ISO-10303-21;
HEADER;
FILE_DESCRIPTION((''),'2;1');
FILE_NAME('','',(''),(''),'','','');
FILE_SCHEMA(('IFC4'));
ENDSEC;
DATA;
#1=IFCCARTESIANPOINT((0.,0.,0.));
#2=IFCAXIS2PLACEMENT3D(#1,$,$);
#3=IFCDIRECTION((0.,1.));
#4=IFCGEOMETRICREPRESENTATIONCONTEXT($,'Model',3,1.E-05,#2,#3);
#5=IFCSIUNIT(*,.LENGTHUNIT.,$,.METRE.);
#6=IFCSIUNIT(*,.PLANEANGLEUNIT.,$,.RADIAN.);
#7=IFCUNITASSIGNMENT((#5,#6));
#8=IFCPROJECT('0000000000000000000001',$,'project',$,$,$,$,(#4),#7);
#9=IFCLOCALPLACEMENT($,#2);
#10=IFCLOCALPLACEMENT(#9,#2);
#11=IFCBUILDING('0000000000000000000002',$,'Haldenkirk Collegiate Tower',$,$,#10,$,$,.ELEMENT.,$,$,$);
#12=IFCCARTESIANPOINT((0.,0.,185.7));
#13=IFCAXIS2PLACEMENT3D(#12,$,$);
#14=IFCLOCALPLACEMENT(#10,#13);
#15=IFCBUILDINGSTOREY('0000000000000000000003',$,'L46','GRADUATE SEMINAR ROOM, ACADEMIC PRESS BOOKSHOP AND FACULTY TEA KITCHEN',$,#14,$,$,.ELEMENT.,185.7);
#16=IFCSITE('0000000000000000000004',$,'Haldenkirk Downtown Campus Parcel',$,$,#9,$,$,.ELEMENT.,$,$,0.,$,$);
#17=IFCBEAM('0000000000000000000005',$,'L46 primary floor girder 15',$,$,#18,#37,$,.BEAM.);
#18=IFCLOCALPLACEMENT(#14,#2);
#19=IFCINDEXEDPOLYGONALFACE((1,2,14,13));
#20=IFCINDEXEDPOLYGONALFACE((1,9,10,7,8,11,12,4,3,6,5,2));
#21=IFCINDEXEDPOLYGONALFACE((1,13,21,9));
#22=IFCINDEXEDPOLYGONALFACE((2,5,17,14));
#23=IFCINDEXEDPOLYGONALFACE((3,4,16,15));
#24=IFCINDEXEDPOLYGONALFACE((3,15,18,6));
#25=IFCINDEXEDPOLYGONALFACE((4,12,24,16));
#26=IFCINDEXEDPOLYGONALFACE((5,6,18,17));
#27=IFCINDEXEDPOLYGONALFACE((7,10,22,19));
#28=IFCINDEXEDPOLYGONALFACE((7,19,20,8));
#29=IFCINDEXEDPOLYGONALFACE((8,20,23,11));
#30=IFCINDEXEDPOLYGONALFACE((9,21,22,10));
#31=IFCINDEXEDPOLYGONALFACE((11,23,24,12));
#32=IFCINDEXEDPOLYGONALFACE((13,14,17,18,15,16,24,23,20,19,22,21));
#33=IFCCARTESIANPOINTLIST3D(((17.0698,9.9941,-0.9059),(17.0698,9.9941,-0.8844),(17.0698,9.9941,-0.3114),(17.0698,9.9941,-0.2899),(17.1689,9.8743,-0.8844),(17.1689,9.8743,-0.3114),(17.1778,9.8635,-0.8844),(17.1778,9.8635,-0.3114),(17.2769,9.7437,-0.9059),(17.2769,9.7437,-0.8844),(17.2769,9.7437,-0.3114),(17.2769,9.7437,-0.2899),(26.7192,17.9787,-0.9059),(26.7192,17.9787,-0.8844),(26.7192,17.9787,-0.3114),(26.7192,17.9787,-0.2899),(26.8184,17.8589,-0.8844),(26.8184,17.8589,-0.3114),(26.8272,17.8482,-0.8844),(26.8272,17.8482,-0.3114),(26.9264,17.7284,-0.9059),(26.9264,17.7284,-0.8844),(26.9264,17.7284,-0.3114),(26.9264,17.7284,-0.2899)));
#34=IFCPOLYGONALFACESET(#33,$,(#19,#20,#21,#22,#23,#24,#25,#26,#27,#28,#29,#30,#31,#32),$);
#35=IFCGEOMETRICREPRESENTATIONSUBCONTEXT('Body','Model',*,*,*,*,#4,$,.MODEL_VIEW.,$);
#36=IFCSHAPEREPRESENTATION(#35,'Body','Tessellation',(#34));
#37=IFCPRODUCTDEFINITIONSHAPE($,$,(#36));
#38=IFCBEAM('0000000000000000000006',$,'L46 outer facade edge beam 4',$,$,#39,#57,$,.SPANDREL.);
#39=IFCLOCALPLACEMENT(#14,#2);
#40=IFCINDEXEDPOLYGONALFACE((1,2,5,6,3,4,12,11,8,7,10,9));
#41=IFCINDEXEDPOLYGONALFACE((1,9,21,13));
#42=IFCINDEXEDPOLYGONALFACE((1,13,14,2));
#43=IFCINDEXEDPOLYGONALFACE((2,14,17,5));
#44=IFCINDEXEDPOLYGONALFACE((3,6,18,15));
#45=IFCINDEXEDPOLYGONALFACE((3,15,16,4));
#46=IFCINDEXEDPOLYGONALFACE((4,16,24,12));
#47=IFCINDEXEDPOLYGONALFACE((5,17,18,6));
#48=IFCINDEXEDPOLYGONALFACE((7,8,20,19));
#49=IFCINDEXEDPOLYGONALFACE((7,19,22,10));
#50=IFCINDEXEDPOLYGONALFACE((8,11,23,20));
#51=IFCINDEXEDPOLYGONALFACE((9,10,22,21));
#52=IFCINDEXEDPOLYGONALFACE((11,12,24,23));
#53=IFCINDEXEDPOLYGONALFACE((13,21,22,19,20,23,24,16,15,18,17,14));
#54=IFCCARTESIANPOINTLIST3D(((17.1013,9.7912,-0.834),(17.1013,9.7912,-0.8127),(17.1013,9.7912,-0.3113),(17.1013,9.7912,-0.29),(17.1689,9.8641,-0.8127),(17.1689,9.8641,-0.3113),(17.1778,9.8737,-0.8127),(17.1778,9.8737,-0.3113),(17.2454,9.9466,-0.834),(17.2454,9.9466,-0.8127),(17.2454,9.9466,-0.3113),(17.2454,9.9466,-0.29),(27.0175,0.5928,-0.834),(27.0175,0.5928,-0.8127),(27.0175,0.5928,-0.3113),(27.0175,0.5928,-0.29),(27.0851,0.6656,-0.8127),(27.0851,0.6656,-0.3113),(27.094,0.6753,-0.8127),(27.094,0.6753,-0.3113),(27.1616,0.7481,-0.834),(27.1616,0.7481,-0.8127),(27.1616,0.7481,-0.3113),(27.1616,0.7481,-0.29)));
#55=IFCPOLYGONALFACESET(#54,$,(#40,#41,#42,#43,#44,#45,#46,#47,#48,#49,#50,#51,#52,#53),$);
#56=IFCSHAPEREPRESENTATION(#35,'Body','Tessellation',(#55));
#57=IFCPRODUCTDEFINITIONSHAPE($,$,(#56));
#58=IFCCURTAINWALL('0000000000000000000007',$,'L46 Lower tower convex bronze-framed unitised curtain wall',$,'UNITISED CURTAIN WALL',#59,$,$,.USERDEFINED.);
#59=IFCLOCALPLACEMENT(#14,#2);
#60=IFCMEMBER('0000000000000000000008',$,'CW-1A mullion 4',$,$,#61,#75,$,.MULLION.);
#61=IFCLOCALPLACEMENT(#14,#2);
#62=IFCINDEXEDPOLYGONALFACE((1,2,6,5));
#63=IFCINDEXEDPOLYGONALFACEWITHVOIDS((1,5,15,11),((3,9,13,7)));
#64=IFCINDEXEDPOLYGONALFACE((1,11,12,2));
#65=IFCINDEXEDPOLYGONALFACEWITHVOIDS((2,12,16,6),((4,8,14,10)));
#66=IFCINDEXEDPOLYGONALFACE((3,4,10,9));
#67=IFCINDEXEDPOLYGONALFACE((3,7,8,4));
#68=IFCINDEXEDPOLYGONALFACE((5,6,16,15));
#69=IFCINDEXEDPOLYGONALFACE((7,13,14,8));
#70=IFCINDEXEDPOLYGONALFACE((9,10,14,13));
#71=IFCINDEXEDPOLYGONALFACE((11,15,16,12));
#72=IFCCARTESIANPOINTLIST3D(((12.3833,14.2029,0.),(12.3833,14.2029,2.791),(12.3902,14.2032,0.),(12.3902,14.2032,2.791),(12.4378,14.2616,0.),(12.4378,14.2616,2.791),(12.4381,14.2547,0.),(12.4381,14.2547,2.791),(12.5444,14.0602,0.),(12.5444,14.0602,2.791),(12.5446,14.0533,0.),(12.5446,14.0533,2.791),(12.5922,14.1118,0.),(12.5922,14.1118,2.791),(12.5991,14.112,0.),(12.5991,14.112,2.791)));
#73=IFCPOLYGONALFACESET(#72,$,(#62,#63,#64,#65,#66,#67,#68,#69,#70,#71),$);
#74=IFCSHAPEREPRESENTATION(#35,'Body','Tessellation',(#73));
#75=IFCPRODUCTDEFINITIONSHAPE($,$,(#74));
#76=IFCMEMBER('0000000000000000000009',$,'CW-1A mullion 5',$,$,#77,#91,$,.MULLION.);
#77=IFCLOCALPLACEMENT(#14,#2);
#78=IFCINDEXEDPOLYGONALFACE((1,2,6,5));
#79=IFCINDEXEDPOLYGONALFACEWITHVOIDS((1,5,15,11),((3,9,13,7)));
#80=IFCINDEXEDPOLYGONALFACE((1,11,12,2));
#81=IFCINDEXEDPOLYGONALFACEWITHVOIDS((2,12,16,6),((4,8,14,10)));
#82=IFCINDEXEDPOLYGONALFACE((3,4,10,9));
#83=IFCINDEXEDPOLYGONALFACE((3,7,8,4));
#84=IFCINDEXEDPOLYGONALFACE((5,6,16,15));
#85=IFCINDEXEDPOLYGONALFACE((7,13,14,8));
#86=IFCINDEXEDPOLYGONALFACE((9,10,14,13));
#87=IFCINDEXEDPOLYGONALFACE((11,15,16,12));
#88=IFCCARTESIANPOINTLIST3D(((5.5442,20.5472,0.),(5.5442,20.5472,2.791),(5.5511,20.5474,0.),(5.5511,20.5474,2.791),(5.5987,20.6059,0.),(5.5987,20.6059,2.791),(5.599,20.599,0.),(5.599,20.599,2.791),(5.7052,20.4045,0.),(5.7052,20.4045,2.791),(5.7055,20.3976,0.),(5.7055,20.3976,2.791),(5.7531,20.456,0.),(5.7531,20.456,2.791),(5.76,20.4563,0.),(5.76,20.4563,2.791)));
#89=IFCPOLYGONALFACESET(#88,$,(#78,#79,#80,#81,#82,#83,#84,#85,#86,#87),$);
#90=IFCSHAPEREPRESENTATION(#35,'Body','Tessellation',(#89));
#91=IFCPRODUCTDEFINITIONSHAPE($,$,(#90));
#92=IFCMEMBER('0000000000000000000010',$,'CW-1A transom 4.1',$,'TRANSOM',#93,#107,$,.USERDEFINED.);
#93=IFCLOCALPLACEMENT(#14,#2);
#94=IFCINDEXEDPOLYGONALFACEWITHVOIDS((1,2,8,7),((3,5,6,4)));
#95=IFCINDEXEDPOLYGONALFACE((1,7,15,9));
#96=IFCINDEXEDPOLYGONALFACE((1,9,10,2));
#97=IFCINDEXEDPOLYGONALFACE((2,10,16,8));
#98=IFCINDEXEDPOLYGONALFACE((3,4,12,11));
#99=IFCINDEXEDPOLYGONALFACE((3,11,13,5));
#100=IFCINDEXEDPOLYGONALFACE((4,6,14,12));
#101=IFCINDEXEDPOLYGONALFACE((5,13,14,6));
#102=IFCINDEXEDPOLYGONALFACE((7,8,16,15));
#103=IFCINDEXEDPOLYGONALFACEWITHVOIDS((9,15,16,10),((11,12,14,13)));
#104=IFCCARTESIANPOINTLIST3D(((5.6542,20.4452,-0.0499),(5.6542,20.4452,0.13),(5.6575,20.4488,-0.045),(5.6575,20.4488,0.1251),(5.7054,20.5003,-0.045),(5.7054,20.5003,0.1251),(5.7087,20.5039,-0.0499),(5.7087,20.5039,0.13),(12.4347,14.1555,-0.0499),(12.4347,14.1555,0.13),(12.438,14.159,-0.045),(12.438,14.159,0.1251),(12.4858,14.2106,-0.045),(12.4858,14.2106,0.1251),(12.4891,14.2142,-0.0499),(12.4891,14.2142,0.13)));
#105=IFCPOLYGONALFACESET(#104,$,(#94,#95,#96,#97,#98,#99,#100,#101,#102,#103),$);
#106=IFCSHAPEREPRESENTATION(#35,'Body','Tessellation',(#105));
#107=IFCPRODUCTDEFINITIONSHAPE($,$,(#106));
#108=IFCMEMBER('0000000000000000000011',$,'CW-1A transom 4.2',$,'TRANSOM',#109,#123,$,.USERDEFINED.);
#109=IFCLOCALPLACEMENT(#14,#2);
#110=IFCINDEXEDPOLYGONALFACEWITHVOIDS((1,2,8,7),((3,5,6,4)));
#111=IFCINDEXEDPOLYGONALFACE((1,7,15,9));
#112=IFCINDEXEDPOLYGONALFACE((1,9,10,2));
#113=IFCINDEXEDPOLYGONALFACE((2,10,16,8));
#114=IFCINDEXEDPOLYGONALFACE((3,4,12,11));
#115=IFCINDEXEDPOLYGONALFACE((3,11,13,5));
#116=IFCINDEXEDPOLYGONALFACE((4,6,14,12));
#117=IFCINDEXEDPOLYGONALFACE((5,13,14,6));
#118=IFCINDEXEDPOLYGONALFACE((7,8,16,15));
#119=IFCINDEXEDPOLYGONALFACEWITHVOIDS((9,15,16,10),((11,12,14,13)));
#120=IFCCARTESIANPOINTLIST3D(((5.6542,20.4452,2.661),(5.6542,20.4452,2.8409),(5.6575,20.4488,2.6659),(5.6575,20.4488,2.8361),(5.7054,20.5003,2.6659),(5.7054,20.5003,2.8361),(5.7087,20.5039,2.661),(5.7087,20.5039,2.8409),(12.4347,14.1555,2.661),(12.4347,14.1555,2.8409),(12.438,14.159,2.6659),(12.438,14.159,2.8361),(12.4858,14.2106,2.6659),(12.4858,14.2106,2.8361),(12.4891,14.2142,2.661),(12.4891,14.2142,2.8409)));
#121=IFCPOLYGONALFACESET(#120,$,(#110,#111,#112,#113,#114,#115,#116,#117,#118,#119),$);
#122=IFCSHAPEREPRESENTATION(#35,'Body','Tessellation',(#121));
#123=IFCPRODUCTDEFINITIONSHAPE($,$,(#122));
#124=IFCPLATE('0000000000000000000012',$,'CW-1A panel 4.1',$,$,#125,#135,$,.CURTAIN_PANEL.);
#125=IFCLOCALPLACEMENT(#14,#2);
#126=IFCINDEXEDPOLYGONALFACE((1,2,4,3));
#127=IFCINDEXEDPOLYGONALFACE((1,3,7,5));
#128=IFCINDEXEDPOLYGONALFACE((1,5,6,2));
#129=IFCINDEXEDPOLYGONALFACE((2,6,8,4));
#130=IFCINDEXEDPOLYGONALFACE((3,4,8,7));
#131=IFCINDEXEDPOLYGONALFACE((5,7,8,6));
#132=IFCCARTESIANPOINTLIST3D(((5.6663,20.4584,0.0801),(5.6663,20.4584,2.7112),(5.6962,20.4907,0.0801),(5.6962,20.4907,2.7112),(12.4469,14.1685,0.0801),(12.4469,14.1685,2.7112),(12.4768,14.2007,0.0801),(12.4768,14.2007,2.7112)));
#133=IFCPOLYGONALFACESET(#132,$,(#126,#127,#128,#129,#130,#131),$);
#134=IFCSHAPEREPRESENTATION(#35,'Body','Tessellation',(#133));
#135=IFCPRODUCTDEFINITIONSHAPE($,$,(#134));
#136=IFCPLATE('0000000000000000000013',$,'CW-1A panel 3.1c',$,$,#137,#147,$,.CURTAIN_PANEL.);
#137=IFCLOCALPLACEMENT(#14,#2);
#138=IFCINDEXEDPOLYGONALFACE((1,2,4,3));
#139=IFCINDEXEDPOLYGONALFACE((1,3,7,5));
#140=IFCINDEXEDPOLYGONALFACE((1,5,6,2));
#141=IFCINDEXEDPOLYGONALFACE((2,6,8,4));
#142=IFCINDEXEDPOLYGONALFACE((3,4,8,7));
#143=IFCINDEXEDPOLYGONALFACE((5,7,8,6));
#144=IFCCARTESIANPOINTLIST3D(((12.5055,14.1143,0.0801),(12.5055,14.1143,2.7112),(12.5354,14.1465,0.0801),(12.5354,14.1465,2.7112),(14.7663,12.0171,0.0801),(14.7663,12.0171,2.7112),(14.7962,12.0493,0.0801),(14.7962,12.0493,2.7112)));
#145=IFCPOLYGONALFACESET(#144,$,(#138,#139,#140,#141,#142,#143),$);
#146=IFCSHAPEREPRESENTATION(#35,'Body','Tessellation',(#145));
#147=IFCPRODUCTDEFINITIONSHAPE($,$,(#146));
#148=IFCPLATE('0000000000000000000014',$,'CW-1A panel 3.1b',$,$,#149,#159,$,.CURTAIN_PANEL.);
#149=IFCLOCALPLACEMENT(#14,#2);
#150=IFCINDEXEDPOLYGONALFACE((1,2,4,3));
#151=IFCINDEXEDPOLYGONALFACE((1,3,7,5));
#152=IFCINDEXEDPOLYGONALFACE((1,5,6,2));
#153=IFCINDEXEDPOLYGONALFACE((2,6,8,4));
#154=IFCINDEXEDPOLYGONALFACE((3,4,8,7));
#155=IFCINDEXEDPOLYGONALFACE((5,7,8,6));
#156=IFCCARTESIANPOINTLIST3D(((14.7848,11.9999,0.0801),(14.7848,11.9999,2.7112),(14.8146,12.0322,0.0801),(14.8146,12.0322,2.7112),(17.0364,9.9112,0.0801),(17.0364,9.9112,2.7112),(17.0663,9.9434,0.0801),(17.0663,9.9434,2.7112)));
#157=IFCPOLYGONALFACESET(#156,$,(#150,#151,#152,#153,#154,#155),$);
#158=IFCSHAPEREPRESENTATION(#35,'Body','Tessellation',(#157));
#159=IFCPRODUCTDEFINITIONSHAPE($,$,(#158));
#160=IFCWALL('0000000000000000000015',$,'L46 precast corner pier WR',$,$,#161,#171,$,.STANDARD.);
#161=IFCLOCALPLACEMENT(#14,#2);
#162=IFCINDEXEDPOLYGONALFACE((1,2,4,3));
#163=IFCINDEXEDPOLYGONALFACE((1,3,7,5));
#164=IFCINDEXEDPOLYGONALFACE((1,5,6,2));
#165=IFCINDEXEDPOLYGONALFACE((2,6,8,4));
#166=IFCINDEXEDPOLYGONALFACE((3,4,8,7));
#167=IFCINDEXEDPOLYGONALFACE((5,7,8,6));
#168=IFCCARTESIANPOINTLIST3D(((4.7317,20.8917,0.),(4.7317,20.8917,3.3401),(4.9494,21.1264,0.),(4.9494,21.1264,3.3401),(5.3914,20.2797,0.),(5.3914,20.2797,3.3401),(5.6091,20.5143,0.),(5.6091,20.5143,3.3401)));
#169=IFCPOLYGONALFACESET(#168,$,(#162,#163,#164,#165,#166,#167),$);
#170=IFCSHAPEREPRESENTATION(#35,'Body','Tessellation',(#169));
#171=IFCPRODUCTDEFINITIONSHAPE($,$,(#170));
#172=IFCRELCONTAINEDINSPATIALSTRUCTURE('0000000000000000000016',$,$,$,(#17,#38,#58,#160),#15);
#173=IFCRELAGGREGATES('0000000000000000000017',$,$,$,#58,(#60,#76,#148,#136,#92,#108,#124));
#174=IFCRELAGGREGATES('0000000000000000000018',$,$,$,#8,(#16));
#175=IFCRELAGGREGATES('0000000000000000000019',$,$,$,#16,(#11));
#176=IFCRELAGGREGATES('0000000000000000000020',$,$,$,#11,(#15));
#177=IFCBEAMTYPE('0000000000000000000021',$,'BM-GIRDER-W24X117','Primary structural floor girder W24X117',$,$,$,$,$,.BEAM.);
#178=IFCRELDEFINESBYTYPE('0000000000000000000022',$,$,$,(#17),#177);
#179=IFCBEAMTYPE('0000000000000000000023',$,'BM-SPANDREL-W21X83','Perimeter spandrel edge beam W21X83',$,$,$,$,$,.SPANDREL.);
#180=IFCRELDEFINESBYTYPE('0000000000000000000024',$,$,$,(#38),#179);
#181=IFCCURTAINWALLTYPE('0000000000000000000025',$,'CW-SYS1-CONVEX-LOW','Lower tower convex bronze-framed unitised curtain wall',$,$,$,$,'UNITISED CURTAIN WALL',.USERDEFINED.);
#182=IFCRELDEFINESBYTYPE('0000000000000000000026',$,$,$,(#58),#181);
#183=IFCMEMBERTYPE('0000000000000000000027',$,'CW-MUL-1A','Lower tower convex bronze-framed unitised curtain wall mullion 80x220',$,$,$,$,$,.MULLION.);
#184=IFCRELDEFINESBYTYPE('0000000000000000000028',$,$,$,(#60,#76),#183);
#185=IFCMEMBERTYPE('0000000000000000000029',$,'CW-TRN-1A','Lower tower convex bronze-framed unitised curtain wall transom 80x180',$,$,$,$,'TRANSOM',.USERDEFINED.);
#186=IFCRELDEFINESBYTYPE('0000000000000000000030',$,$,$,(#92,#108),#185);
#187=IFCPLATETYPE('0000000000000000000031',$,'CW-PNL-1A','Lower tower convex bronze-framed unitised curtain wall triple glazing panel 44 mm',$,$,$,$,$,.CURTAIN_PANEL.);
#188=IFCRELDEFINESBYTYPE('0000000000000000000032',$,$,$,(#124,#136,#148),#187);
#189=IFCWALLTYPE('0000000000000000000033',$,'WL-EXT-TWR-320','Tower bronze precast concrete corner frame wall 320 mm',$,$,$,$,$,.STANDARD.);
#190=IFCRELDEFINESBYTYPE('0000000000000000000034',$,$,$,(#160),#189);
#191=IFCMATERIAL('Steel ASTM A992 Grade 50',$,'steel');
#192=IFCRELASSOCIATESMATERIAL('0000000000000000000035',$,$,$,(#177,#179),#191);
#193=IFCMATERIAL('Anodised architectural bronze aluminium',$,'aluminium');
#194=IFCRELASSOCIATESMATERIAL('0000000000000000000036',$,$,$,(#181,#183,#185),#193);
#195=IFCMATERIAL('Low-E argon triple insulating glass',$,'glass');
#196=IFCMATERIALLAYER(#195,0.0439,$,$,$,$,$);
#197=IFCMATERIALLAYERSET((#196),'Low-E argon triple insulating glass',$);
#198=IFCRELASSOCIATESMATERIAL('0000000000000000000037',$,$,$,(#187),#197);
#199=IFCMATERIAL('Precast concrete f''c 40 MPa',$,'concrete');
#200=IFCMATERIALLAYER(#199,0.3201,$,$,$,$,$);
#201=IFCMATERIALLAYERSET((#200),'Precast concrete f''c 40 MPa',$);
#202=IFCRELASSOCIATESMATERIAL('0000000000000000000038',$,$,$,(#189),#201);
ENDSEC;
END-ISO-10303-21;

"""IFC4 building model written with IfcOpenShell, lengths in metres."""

from ifc_helpers import new_model, si_unit, direction, frame, frame_2d, origin, origin_2d, place, context, subcontext, project, spatial, rectangle, hollow_rectangle, i_section, extrude, source, transform, mapped, material, layer, layer_set, material_profile, profile_set, type_object, element, aggregate, save


model = new_model("IFC4")

# Units and contexts
model_context = context("Model", 3, precision=1e-05, world=origin(), true_north=direction((0.0, 1.0)))
body_context = subcontext(model_context, "Body", "Model", "MODEL_VIEW")
ifc_project = project(units=[si_unit("LENGTHUNIT", "METRE"), si_unit("PLANEANGLEUNIT", "RADIAN")], contexts=[model_context])

# Site, building, storey
site_placement = place(None, origin())
site = spatial("IfcSite", under=ifc_project, at=site_placement, Name="Haldenkirk Downtown Campus Parcel", CompositionType="ELEMENT", RefElevation=0.0)
building_placement = place(site_placement, origin())
building = spatial("IfcBuilding", under=site, at=building_placement, Name="Haldenkirk Collegiate Tower", CompositionType="ELEMENT")
storey_placement = place(building_placement, frame((0.0, 0.0, 185.7)))
storey = spatial("IfcBuildingStorey", under=building, at=storey_placement, Name="L46", Description="GRADUATE SEMINAR ROOM, ACADEMIC PRESS BOOKSHOP AND FACULTY TEA KITCHEN", CompositionType="ELEMENT", Elevation=185.7)

# Beams
ifc_material_1 = material(Name="Steel ASTM A992 Grade 50", Category="steel")
ifc_material_profile_1 = material_profile(ifc_material_1, i_section(OverallWidth=0.325, OverallDepth=0.616, WebThickness=0.0139, FlangeThickness=0.0215, at=origin_2d()), Name="W24X117")
ifc_profile_set_1 = profile_set([ifc_material_profile_1], Name="Steel ASTM A992 Grade 50")
beam_type_1 = type_object("IfcBeamType", Name="BM-GIRDER-W24X117", Description="Primary structural floor girder W24X117", PredefinedType="BEAM", material=ifc_profile_set_1)
beam_1_placement = place(storey_placement, frame((17.1733, 9.8689, -0.5979), z_axis=(0.770438, 0.637515, 0.0), x_axis=(-0.637515, 0.770438, 0.0)))
element("IfcBeam", 1, at=beam_1_placement, inside=storey, type_object=beam_type_1, Name="L46 primary floor girder 15", PredefinedType="BEAM", context=body_context, shape_type="SweptSolid", body=[
    extrude(i_section(OverallWidth=0.325, OverallDepth=0.616, WebThickness=0.0139, FlangeThickness=0.0215, at=origin_2d()), origin(), (0.0, 0.0, 1.0), 12.5247),
])
ifc_material_profile_2 = material_profile(ifc_material_1, i_section(OverallWidth=0.2119, OverallDepth=0.5439, WebThickness=0.0132, FlangeThickness=0.0212, at=origin_2d()), Name="W21X83")
ifc_profile_set_2 = profile_set([ifc_material_profile_2], Name="Steel ASTM A992 Grade 50")
beam_type_2 = type_object("IfcBeamType", Name="BM-SPANDREL-W21X83", Description="Perimeter spandrel edge beam W21X83", PredefinedType="SPANDREL", material=ifc_profile_set_2)
beam_2_placement = place(storey_placement, frame((17.1733, 9.8689, -0.562), z_axis=(0.733142, -0.680075, 0.0), x_axis=(0.680075, 0.733142, 0.0)))
element("IfcBeam", 2, at=beam_2_placement, inside=storey, type_object=beam_type_2, Name="L46 outer facade edge beam 4", PredefinedType="SPANDREL", context=body_context, shape_type="SweptSolid", body=[
    extrude(i_section(OverallWidth=0.2119, OverallDepth=0.5439, WebThickness=0.0132, FlangeThickness=0.0212, at=origin_2d()), origin(), (0.0, 0.0, 1.0), 13.5256),
])

# Curtain wall, members, plates
ifc_material_2 = material(Name="Anodised architectural bronze aluminium", Category="aluminium")
curtain_wall_type = type_object("IfcCurtainWallType", Name="CW-SYS1-CONVEX-LOW", Description="Lower tower convex bronze-framed unitised curtain wall", ElementType="UNITISED CURTAIN WALL", PredefinedType="USERDEFINED", material=ifc_material_2)
curtain_wall_placement = place(storey_placement, origin())
curtain_wall = element("IfcCurtainWall", 3, at=curtain_wall_placement, inside=storey, type_object=curtain_wall_type, Name="L46 Lower tower convex bronze-framed unitised curtain wall", ObjectType="UNITISED CURTAIN WALL", PredefinedType="USERDEFINED")
ifc_material_profile_3 = material_profile(ifc_material_2, hollow_rectangle(XDim=0.0801, YDim=0.22, WallThickness=0.0049, at=origin_2d()), Name="CW-MUL-1A")
ifc_profile_set_3 = profile_set([ifc_material_profile_3], Name="Anodised architectural bronze aluminium")
member_type_1 = type_object("IfcMemberType", Name="CW-MUL-1A", Description="Lower tower convex bronze-framed unitised curtain wall mullion 80x220", PredefinedType="MULLION", material=ifc_profile_set_3)
member_1_placement = place(storey_placement, frame((12.4912, 14.1575, 0.0), z_axis=(0.0, 0.0, 1.0), x_axis=(-0.680081, -0.733137, 0.0)))
member_1 = element("IfcMember", 4, at=member_1_placement, type_object=member_type_1, Name="CW-1A mullion 4", PredefinedType="MULLION", context=body_context, shape_type="SweptSolid", body=[
    extrude(hollow_rectangle(XDim=0.0801, YDim=0.22, WallThickness=0.0049, at=origin_2d()), origin(), (0.0, 0.0, 1.0), 2.791),
])
member_2_placement = place(storey_placement, frame((5.6521, 20.5017, 0.0), z_axis=(0.0, 0.0, 1.0), x_axis=(-0.680081, -0.733137, 0.0)))
member_2 = element("IfcMember", 5, at=member_2_placement, type_object=member_type_1, Name="CW-1A mullion 5", PredefinedType="MULLION", context=body_context, shape_type="SweptSolid", body=[
    extrude(hollow_rectangle(XDim=0.0801, YDim=0.22, WallThickness=0.0049, at=origin_2d()), origin(), (0.0, 0.0, 1.0), 2.791),
])
ifc_material_profile_4 = material_profile(ifc_material_2, hollow_rectangle(XDim=0.0801, YDim=0.1799, WallThickness=0.0049, at=origin_2d()), Name="CW-TRN-1A")
ifc_profile_set_4 = profile_set([ifc_material_profile_4], Name="Anodised architectural bronze aluminium")
member_type_2 = type_object("IfcMemberType", Name="CW-TRN-1A", Description="Lower tower convex bronze-framed unitised curtain wall transom 80x180", ElementType="TRANSOM", PredefinedType="USERDEFINED", material=ifc_profile_set_4)
member_3_placement = place(storey_placement, frame((12.4619, 14.1848, 0.04), z_axis=(-0.733138, 0.680079, 0.0), x_axis=(-0.680079, -0.733138, 0.0)))
member_3 = element("IfcMember", 6, at=member_3_placement, type_object=member_type_2, Name="CW-1A transom 4.1", ObjectType="TRANSOM", PredefinedType="USERDEFINED", context=body_context, shape_type="SweptSolid", body=[
    extrude(hollow_rectangle(XDim=0.0801, YDim=0.1799, WallThickness=0.0049, at=origin_2d()), origin(), (0.0, 0.0, 1.0), 9.2485),
])
member_4_placement = place(storey_placement, frame((12.4619, 14.1848, 2.751), z_axis=(-0.733138, 0.680079, 0.0), x_axis=(-0.680079, -0.733138, 0.0)))
member_4 = element("IfcMember", 7, at=member_4_placement, type_object=member_type_2, Name="CW-1A transom 4.2", ObjectType="TRANSOM", PredefinedType="USERDEFINED", context=body_context, shape_type="SweptSolid", body=[
    extrude(hollow_rectangle(XDim=0.0801, YDim=0.1799, WallThickness=0.0049, at=origin_2d()), origin(), (0.0, 0.0, 1.0), 9.2485),
])
ifc_material_3 = material(Name="Low-E argon triple insulating glass", Category="glass")
ifc_layer_1 = layer(ifc_material_3, 0.0439)
ifc_layer_set_1 = layer_set([ifc_layer_1], Name="Low-E argon triple insulating glass")
plate_type = type_object("IfcPlateType", Name="CW-PNL-1A", Description="Lower tower convex bronze-framed unitised curtain wall triple glazing panel 44 mm", PredefinedType="CURTAIN_PANEL", material=ifc_layer_set_1)
shared_shape_1 = source(origin(), body_context, "Body", "SweptSolid", [
    extrude(rectangle(XDim=9.2488, YDim=0.0439, at=origin_2d()), origin(), (0.0, 0.0, 1.0), 2.6311),
])
plate_1_placement = place(storey_placement, frame((9.0715, 17.3296, 0.0801), z_axis=(0.0, 0.0, 1.0), x_axis=(-0.733137, 0.680081, 0.0)))
plate_1 = element("IfcPlate", 8, at=plate_1_placement, type_object=plate_type, Name="CW-1A panel 4.1", PredefinedType="CURTAIN_PANEL", context=body_context, shape_type="MappedRepresentation", body=[
    mapped(shared_shape_1, transform((0.0, 0.0, 0.0), x_axis=(1.0, 0.0, 0.0), y_axis=(0.0, 1.0, 0.0), z_axis=(0.0, 0.0, 1.0), scale=1.0)),
])
shared_shape_2 = source(origin(), body_context, "Body", "SweptSolid", [
    extrude(rectangle(XDim=3.0837, YDim=0.0439, at=origin_2d()), origin(), (0.0, 0.0, 1.0), 2.6311),
])
plate_2_placement = place(storey_placement, frame((13.6509, 13.0818, 0.0801), z_axis=(0.0, 0.0, 1.0), x_axis=(-0.733137, 0.680081, 0.0)))
plate_2 = element("IfcPlate", 9, at=plate_2_placement, type_object=plate_type, Name="CW-1A panel 3.1c", PredefinedType="CURTAIN_PANEL", context=body_context, shape_type="MappedRepresentation", body=[
    mapped(shared_shape_2, transform((0.0, 0.0, 0.0), x_axis=(1.0, 0.0, 0.0), y_axis=(0.0, 1.0, 0.0), z_axis=(0.0, 0.0, 1.0), scale=1.0)),
])
shared_shape_3 = source(origin(), body_context, "Body", "SweptSolid", [
    extrude(rectangle(XDim=3.0713, YDim=0.0439, at=origin_2d()), origin(), (0.0, 0.0, 1.0), 2.6311),
])
plate_3_placement = place(storey_placement, frame((15.9255, 10.9717, 0.0801), z_axis=(0.0, 0.0, 1.0), x_axis=(-0.733137, 0.680081, 0.0)))
plate_3 = element("IfcPlate", 10, at=plate_3_placement, type_object=plate_type, Name="CW-1A panel 3.1b", PredefinedType="CURTAIN_PANEL", context=body_context, shape_type="MappedRepresentation", body=[
    mapped(shared_shape_3, transform((0.0, 0.0, 0.0), x_axis=(1.0, 0.0, 0.0), y_axis=(0.0, 1.0, 0.0), z_axis=(0.0, 0.0, 1.0), scale=1.0)),
])
aggregate(curtain_wall, [member_1, member_2, plate_3, plate_2, member_3, member_4, plate_1])

# Wall
ifc_material_4 = material(Name="Precast concrete f'c 40 MPa", Category="concrete")
ifc_layer_2 = layer(ifc_material_4, 0.3201)
ifc_layer_set_2 = layer_set([ifc_layer_2], Name="Precast concrete f'c 40 MPa")
wall_type_1 = type_object("IfcWallType", Name="WL-EXT-TWR-320", Description="Tower bronze precast concrete corner frame wall 320 mm", PredefinedType="STANDARD", material=ifc_layer_set_2)
wall_1_placement = place(storey_placement, frame((5.5002, 20.397, 0.0), z_axis=(0.0, 0.0, 1.0), x_axis=(-0.733064, 0.68016, 0.0)))
element("IfcWall", 11, at=wall_1_placement, inside=storey, type_object=wall_type_1, Name="L46 precast corner pier WR", PredefinedType="STANDARD", context=body_context, shape_type="SweptSolid", body=[
    extrude(rectangle(XDim=0.8999, YDim=0.3201, at=frame_2d((0.45, 0.0))), origin(), (0.0, 0.0, 1.0), 3.3401),
])

save(model, "model.ifc")
